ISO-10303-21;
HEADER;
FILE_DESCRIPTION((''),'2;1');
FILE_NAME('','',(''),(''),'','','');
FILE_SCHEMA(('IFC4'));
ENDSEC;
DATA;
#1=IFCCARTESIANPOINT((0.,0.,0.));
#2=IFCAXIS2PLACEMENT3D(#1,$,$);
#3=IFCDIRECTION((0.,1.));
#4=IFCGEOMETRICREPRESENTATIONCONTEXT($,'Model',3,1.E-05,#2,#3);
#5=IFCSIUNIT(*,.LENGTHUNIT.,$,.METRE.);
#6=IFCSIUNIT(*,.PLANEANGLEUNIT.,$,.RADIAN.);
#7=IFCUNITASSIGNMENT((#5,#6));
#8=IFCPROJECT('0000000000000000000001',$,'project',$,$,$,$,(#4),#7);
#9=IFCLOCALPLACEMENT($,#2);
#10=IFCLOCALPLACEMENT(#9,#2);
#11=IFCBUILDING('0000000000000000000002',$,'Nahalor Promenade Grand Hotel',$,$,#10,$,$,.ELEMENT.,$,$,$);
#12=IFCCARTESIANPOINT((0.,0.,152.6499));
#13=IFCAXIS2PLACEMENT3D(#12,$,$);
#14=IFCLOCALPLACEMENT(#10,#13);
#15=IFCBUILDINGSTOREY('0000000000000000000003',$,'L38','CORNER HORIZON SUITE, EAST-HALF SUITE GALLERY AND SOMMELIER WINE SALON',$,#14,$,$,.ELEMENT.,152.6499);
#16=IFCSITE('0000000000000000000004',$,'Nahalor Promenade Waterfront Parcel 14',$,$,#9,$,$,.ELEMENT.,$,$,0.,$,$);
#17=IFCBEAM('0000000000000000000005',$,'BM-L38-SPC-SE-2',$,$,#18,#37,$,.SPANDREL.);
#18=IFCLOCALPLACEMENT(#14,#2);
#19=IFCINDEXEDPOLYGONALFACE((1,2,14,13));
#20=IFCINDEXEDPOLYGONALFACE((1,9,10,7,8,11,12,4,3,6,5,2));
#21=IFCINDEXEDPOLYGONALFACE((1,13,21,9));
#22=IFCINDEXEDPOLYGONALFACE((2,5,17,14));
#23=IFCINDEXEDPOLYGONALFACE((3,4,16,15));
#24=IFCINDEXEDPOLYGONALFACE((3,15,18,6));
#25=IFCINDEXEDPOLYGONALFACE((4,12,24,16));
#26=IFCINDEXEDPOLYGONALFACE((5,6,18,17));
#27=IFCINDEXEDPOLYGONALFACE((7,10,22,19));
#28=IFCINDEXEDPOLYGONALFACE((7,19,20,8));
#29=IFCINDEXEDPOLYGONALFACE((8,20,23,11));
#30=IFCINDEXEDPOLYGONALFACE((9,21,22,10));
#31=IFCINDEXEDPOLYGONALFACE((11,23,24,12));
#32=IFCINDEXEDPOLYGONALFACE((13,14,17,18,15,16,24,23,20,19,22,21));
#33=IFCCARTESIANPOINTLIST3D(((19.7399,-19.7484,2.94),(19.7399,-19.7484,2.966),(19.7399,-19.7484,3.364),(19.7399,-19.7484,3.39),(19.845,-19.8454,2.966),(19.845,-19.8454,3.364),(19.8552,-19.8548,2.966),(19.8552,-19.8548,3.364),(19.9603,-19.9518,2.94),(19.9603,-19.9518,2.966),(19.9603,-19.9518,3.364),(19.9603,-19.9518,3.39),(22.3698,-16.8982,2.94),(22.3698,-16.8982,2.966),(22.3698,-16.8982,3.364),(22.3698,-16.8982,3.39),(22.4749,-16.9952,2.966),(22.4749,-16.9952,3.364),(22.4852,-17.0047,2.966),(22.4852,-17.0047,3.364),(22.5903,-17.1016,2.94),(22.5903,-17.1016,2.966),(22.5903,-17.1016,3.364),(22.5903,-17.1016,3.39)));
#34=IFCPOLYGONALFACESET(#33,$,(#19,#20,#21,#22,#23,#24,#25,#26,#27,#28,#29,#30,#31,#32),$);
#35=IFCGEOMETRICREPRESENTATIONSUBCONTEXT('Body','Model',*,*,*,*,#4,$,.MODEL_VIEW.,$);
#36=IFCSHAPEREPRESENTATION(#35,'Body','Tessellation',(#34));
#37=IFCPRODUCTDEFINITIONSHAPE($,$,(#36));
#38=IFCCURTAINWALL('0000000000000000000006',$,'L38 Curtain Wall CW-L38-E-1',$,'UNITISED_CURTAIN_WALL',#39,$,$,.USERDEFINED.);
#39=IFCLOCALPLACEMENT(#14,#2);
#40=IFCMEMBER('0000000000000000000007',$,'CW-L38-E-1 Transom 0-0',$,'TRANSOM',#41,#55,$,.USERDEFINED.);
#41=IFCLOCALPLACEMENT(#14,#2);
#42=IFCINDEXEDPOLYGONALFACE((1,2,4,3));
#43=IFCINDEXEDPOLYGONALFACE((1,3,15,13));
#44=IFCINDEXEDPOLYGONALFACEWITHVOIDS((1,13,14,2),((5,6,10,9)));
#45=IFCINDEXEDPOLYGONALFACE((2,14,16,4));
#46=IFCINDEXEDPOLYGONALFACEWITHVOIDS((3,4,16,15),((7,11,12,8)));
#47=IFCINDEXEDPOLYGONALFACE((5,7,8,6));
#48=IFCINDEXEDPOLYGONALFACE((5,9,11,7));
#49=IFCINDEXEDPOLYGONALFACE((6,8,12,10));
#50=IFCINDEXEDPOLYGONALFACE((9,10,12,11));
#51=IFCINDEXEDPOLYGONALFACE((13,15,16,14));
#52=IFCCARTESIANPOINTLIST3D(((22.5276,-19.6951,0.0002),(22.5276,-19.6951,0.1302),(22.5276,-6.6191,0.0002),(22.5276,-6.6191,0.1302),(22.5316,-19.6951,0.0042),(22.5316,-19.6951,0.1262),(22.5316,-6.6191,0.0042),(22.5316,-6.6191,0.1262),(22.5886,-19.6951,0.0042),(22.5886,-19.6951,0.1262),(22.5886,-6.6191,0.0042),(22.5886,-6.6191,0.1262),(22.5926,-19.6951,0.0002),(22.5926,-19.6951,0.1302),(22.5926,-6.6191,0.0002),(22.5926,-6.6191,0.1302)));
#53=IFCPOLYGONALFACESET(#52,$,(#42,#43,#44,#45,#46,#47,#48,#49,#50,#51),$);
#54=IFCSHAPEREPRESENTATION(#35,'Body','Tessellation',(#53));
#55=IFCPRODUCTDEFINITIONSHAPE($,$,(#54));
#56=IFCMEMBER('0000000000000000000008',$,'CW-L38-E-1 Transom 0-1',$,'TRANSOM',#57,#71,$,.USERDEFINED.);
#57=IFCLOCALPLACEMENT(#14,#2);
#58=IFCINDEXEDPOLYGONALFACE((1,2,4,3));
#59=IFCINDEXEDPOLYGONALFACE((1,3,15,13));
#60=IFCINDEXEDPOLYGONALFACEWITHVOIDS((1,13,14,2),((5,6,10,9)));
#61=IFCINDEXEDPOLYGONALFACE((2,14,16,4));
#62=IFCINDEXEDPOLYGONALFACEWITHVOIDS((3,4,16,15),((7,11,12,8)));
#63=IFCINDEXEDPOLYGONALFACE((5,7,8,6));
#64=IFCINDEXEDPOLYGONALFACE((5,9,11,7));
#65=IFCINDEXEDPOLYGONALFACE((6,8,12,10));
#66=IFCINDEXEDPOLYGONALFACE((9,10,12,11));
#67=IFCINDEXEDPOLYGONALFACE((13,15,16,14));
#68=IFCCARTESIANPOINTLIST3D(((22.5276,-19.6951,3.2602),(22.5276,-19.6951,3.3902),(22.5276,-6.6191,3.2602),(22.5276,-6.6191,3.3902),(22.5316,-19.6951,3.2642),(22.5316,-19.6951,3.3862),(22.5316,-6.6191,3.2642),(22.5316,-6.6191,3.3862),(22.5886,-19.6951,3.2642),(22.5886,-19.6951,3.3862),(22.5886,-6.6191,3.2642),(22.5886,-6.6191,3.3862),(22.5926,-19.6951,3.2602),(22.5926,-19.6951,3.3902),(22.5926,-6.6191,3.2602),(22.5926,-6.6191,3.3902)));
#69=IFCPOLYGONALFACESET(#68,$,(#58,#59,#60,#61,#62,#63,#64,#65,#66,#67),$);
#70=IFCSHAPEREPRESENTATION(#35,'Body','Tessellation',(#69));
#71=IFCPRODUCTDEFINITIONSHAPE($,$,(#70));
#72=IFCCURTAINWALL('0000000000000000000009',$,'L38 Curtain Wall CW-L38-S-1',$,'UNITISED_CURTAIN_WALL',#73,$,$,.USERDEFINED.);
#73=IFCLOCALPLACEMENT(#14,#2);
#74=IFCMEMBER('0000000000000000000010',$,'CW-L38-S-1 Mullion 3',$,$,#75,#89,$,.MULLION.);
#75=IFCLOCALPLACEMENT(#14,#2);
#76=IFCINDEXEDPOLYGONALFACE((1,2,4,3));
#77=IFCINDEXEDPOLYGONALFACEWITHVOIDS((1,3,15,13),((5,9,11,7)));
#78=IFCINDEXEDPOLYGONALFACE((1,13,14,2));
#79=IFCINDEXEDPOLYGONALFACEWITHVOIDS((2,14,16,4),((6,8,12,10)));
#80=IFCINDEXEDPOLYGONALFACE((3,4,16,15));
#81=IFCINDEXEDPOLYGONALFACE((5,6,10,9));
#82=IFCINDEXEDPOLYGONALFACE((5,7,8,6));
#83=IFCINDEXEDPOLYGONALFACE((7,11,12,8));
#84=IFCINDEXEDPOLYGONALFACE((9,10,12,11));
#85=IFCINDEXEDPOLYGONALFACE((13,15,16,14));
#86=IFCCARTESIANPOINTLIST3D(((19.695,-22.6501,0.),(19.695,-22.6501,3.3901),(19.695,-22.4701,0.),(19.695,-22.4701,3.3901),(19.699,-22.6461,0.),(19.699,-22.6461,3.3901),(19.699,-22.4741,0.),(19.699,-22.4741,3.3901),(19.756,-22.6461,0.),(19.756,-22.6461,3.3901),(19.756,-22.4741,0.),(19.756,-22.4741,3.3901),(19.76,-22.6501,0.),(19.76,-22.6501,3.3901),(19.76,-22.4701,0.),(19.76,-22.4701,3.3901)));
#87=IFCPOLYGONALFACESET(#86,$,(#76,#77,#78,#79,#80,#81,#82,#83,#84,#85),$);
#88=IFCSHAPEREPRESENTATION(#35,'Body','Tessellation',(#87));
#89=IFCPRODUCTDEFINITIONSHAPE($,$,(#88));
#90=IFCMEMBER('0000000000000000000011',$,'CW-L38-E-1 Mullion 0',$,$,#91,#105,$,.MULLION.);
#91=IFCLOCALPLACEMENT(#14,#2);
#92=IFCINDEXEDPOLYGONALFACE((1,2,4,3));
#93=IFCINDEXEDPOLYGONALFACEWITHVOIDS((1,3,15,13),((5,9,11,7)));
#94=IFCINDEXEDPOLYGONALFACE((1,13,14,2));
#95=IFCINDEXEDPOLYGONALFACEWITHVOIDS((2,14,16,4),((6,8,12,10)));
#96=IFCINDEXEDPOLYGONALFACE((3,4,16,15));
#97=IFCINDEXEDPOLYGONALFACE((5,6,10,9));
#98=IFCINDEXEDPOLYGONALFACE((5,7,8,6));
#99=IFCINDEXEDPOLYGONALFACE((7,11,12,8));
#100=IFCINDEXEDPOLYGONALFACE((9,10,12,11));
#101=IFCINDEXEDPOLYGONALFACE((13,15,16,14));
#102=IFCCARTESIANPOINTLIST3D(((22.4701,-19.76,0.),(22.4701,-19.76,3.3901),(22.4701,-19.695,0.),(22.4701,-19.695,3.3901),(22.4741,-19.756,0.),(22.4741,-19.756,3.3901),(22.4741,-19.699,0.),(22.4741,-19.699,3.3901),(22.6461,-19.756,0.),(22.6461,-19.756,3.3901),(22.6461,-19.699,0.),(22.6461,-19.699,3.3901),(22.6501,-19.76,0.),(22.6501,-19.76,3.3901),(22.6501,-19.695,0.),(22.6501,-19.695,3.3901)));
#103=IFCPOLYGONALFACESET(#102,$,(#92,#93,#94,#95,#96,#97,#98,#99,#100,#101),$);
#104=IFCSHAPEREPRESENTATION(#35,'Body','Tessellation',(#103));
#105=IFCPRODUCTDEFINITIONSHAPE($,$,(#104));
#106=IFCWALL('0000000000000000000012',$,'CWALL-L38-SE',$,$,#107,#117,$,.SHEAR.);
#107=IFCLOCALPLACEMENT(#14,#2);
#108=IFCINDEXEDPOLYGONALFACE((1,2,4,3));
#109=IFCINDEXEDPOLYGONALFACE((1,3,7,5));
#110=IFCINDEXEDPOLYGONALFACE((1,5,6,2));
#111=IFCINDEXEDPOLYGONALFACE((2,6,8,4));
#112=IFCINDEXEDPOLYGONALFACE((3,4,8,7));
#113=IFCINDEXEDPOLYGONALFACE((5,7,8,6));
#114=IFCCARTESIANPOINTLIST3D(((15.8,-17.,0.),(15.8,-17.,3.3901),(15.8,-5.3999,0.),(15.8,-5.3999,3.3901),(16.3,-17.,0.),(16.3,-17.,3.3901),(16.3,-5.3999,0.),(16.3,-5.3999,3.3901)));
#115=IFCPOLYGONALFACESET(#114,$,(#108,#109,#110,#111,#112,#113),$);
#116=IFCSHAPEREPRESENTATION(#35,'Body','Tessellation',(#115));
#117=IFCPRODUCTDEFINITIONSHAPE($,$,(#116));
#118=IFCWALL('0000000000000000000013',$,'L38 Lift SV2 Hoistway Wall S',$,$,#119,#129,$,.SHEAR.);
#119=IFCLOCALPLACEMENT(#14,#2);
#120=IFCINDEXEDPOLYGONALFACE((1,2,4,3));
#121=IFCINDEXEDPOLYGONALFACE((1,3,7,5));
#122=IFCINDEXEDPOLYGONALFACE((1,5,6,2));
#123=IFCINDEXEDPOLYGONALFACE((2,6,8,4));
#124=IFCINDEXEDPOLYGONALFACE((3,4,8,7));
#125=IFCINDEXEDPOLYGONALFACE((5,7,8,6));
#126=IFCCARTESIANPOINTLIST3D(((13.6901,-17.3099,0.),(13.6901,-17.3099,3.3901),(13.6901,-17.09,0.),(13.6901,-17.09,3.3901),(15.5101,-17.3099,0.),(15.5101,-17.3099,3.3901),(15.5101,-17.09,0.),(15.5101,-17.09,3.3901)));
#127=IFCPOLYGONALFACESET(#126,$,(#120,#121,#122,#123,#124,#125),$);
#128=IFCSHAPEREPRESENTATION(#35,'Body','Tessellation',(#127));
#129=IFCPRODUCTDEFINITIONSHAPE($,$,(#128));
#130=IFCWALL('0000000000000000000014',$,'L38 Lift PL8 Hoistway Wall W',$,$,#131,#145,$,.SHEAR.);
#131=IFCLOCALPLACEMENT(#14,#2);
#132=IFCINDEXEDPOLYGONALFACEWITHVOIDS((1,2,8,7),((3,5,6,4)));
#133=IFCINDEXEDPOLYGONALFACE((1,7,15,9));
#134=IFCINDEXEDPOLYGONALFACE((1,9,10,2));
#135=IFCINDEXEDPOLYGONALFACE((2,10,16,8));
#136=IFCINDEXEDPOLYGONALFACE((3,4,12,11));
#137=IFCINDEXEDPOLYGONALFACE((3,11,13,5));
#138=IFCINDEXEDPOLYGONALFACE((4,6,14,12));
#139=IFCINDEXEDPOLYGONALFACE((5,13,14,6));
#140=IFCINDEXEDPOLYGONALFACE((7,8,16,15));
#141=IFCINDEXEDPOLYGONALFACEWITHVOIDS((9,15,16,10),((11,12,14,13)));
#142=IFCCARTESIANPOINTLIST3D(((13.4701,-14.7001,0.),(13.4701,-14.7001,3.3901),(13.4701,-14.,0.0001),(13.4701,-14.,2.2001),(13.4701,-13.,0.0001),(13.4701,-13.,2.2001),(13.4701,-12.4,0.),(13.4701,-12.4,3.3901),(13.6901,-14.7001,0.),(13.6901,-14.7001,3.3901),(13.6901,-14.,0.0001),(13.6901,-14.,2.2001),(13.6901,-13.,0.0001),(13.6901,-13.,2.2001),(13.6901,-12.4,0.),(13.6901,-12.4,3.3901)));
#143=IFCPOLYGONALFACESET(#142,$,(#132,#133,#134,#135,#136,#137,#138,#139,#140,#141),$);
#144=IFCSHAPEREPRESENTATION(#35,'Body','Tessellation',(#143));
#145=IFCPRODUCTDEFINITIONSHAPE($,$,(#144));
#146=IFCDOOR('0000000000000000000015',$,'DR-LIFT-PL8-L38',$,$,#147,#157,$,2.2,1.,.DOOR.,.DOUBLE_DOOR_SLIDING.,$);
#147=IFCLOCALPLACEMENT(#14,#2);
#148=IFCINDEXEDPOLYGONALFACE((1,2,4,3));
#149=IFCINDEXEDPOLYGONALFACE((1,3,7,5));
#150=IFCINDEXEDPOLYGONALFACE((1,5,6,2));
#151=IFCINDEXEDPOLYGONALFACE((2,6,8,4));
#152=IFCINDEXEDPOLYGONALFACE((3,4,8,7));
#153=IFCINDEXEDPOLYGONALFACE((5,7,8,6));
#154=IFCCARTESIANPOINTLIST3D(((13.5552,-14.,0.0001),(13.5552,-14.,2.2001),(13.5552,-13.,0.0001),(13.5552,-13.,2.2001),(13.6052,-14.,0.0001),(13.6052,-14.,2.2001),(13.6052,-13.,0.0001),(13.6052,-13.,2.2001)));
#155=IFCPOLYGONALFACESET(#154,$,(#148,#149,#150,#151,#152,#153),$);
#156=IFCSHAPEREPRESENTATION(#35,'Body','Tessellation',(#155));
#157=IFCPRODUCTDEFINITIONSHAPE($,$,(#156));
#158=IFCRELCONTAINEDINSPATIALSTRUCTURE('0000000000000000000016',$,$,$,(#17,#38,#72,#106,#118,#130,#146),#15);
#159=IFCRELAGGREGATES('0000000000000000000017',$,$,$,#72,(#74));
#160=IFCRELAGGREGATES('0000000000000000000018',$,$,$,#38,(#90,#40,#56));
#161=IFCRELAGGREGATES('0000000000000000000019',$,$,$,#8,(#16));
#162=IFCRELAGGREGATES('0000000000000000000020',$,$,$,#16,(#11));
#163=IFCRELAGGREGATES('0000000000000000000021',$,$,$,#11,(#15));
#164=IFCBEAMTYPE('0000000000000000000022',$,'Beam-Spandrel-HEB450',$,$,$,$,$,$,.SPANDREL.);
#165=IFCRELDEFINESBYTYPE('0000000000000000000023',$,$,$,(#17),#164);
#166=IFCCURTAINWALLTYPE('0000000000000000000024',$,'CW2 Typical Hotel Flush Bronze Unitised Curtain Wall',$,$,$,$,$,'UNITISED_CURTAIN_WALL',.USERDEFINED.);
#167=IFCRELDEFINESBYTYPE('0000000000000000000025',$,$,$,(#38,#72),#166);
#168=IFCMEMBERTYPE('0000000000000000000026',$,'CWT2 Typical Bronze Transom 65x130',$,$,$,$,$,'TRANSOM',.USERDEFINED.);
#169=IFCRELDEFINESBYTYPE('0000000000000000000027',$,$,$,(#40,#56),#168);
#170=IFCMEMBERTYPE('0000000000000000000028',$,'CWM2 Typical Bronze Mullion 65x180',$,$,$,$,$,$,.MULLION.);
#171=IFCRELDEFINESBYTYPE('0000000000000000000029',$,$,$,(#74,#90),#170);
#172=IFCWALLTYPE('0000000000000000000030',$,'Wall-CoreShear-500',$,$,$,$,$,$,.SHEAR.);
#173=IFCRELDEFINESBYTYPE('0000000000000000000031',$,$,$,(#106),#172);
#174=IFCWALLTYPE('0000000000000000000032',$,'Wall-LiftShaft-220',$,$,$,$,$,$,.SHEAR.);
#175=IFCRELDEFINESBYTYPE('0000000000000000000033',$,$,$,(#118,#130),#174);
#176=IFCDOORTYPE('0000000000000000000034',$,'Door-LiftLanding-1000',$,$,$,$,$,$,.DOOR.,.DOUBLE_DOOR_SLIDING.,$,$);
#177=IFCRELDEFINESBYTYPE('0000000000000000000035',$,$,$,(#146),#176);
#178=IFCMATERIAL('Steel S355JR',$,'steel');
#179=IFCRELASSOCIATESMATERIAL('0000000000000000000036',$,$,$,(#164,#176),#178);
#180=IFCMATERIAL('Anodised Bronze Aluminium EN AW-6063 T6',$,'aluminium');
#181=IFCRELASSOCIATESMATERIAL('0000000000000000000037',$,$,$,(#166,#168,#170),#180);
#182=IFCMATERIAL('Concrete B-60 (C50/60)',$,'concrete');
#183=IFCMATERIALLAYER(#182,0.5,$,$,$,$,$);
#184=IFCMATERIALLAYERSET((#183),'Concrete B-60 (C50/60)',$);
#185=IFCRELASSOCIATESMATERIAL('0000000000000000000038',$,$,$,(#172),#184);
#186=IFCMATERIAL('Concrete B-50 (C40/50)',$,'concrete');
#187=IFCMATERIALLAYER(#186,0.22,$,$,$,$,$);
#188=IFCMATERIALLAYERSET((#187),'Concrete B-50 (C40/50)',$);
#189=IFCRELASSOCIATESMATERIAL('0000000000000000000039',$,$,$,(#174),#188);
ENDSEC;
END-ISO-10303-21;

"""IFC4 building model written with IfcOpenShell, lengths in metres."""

from ifc_helpers import new_model, si_unit, direction, frame, frame_2d, origin, origin_2d, place, context, subcontext, project, spatial, rectangle, hollow_rectangle, i_section, extrude, source, transform, mapped, material, layer, layer_set, material_profile, profile_set, type_object, element, fill, aggregate, save


model = new_model("IFC4")

# Units and contexts
model_context = context("Model", 3, precision=1e-05, world=origin(), true_north=direction((0.0, 1.0)))
body_context = subcontext(model_context, "Body", "Model", "MODEL_VIEW")
ifc_project = project(units=[si_unit("LENGTHUNIT", "METRE"), si_unit("PLANEANGLEUNIT", "RADIAN")], contexts=[model_context])

# Site, building, storey
site_placement = place(None, origin())
site = spatial("IfcSite", under=ifc_project, at=site_placement, Name="Nahalor Promenade Waterfront Parcel 14", CompositionType="ELEMENT", RefElevation=0.0)
building_placement = place(site_placement, origin())
building = spatial("IfcBuilding", under=site, at=building_placement, Name="Nahalor Promenade Grand Hotel", CompositionType="ELEMENT")
storey_placement = place(building_placement, frame((0.0, 0.0, 152.6499)))
storey = spatial("IfcBuildingStorey", under=building, at=storey_placement, Name="L38", Description="CORNER HORIZON SUITE, EAST-HALF SUITE GALLERY AND SOMMELIER WINE SALON", CompositionType="ELEMENT", Elevation=152.6499)

# Shared definitions
ifc_material_1 = material(Name="Concrete B-60 (C50/60)", Category="concrete")

# Beam
ifc_material_2 = material(Name="Steel S355JR", Category="steel")
ifc_material_profile_1 = material_profile(ifc_material_2, i_section(OverallWidth=0.3, OverallDepth=0.45, WebThickness=0.014, FlangeThickness=0.026, at=origin_2d()), Name="HEB 450")
ifc_profile_set_1 = profile_set([ifc_material_profile_1], Name="Steel S355JR")
beam_type_1 = type_object("IfcBeamType", Name="Beam-Spandrel-HEB450", PredefinedType="SPANDREL", material=ifc_profile_set_1)
shared_shape_1 = source(origin(), body_context, "Body", "SweptSolid", [
    extrude(i_section(OverallWidth=0.3, OverallDepth=0.45, WebThickness=0.014, FlangeThickness=0.026, at=origin_2d()), origin(), (0.0, 0.0, 1.0), 3.8782),
])
for number, where, z_axis, x_axis, name in (
    (1, (19.8501, -19.8501, 3.165), (0.678144, 0.734929, 0.0), (-0.734929, 0.678144, 0.0), "BM-L38-SPC-SE-2"),
):
    element("IfcBeam", number, at=place(storey_placement, frame(where, z_axis=z_axis, x_axis=x_axis)), inside=storey, type_object=beam_type_1, Name=name, PredefinedType="SPANDREL", context=body_context, shape_type="MappedRepresentation", body=[
        mapped(shared_shape_1, transform((0.0, 0.0, 0.0), scale=1.0)),
    ])

# Curtain wall, members
ifc_material_3 = material(Name="Anodised Bronze Aluminium EN AW-6063 T6", Category="aluminium")
curtain_wall_type = type_object("IfcCurtainWallType", Name="CW2 Typical Hotel Flush Bronze Unitised Curtain Wall", ElementType="UNITISED_CURTAIN_WALL", PredefinedType="USERDEFINED", material=ifc_material_3)
curtain_wall_1_placement = place(storey_placement, origin())
curtain_wall_1 = element("IfcCurtainWall", 2, at=curtain_wall_1_placement, inside=storey, type_object=curtain_wall_type, Name="L38 Curtain Wall CW-L38-E-1", ObjectType="UNITISED_CURTAIN_WALL", PredefinedType="USERDEFINED")
ifc_material_profile_2 = material_profile(ifc_material_3, hollow_rectangle(XDim=0.065, YDim=0.13, WallThickness=0.004, at=origin_2d()), Name="CWT 65x130x4")
ifc_profile_set_2 = profile_set([ifc_material_profile_2], Name="Anodised Bronze Aluminium EN AW-6063 T6")
member_type_1 = type_object("IfcMemberType", Name="CWT2 Typical Bronze Transom 65x130", ElementType="TRANSOM", PredefinedType="USERDEFINED", material=ifc_profile_set_2)
shared_shape_2 = source(origin(), body_context, "Body", "SweptSolid", [
    extrude(hollow_rectangle(XDim=0.065, YDim=0.13, WallThickness=0.004, at=origin_2d()), origin(), (0.0, 0.0, 1.0), 13.0759),
])
member_1_placement = place(storey_placement, frame((22.5601, -19.6951, 0.0652), z_axis=(0.0, 1.0, 0.0), x_axis=(-1.0, 0.0, 0.0)))
member_1 = element("IfcMember", 3, at=member_1_placement, type_object=member_type_1, Name="CW-L38-E-1 Transom 0-0", ObjectType="TRANSOM", PredefinedType="USERDEFINED", context=body_context, shape_type="MappedRepresentation", body=[
    mapped(shared_shape_2, transform((0.0, 0.0, 0.0), scale=1.0)),
])
member_2_placement = place(storey_placement, frame((22.5601, -19.6951, 3.3252), z_axis=(0.0, 1.0, 0.0), x_axis=(-1.0, 0.0, 0.0)))
member_2 = element("IfcMember", 4, at=member_2_placement, type_object=member_type_1, Name="CW-L38-E-1 Transom 0-1", ObjectType="TRANSOM", PredefinedType="USERDEFINED", context=body_context, shape_type="MappedRepresentation", body=[
    mapped(shared_shape_2, transform((0.0, 0.0, 0.0), scale=1.0)),
])

# Curtain wall, member
curtain_wall_2_placement = place(storey_placement, origin())
curtain_wall_2 = element("IfcCurtainWall", 5, at=curtain_wall_2_placement, inside=storey, type_object=curtain_wall_type, Name="L38 Curtain Wall CW-L38-S-1", ObjectType="UNITISED_CURTAIN_WALL", PredefinedType="USERDEFINED")
ifc_material_profile_3 = material_profile(ifc_material_3, hollow_rectangle(XDim=0.065, YDim=0.18, WallThickness=0.004, at=origin_2d()), Name="CWM 65x180x4")
ifc_profile_set_3 = profile_set([ifc_material_profile_3], Name="Anodised Bronze Aluminium EN AW-6063 T6")
member_type_2 = type_object("IfcMemberType", Name="CWM2 Typical Bronze Mullion 65x180", PredefinedType="MULLION", material=ifc_profile_set_3)
shared_shape_3 = source(origin(), body_context, "Body", "SweptSolid", [
    extrude(hollow_rectangle(XDim=0.065, YDim=0.18, WallThickness=0.004, at=origin_2d()), origin(), (0.0, 0.0, 1.0), 3.3901),
])
member_3_placement = place(storey_placement, frame((19.7275, -22.5601, 0.0), z_axis=(0.0, 0.0, 1.0), x_axis=(1.0, 0.0, 0.0)))
member_3 = element("IfcMember", 6, at=member_3_placement, type_object=member_type_2, Name="CW-L38-S-1 Mullion 3", PredefinedType="MULLION", context=body_context, shape_type="MappedRepresentation", body=[
    mapped(shared_shape_3, transform((0.0, 0.0, 0.0), scale=1.0)),
])
aggregate(curtain_wall_2, [member_3])

# Member
member_4_placement = place(storey_placement, frame((22.5601, -19.7275, 0.0), z_axis=(0.0, 0.0, 1.0), x_axis=(0.0, 1.0, 0.0)))
member_4 = element("IfcMember", 7, at=member_4_placement, type_object=member_type_2, Name="CW-L38-E-1 Mullion 0", PredefinedType="MULLION", context=body_context, shape_type="MappedRepresentation", body=[
    mapped(shared_shape_3, transform((0.0, 0.0, 0.0), scale=1.0)),
])
aggregate(curtain_wall_1, [member_4, member_1, member_2])

# Walls
ifc_layer_1 = layer(ifc_material_1, 0.5)
ifc_layer_set_1 = layer_set([ifc_layer_1], Name="Concrete B-60 (C50/60)")
wall_type_1 = type_object("IfcWallType", Name="Wall-CoreShear-500", PredefinedType="SHEAR", material=ifc_layer_set_1)
shared_shape_4 = source(origin(), body_context, "Body", "SweptSolid", [
    extrude(rectangle(XDim=11.6001, YDim=0.5, at=frame_2d((5.8, 0.0))), origin(), (0.0, 0.0, 1.0), 3.3901),
])
wall_1_placement = place(storey_placement, frame((16.05, -17.0, 0.0), z_axis=(0.0, 0.0, 1.0), x_axis=(0.0, 1.0, 0.0)))
element("IfcWall", 8, at=wall_1_placement, inside=storey, type_object=wall_type_1, Name="CWALL-L38-SE", PredefinedType="SHEAR", context=body_context, shape_type="MappedRepresentation", body=[
    mapped(shared_shape_4, transform((0.0, 0.0, 0.0), scale=1.0)),
])
ifc_material_4 = material(Name="Concrete B-50 (C40/50)", Category="concrete")
ifc_layer_2 = layer(ifc_material_4, 0.22)
ifc_layer_set_2 = layer_set([ifc_layer_2], Name="Concrete B-50 (C40/50)")
wall_type_2 = type_object("IfcWallType", Name="Wall-LiftShaft-220", PredefinedType="SHEAR", material=ifc_layer_set_2)
shared_shape_5 = source(origin(), body_context, "Body", "SweptSolid", [
    extrude(rectangle(XDim=1.8201, YDim=0.22, at=frame_2d((0.9102, 0.0))), origin(), (0.0, 0.0, 1.0), 3.3901),
])
wall_2_placement = place(storey_placement, frame((13.6899, -17.2, 0.0), z_axis=(0.0, 0.0, 1.0), x_axis=(1.0, 0.0, 0.0)))
element("IfcWall", 9, at=wall_2_placement, inside=storey, type_object=wall_type_2, Name="L38 Lift SV2 Hoistway Wall S", PredefinedType="SHEAR", context=body_context, shape_type="MappedRepresentation", body=[
    mapped(shared_shape_5, transform((0.0, 0.0, 0.0), scale=1.0)),
])

# Wall, opening, door
shared_shape_6 = source(origin(), body_context, "Body", "SweptSolid", [
    extrude(rectangle(XDim=2.3, YDim=0.22, at=frame_2d((1.1499, 0.0))), origin(), (0.0, 0.0, 1.0), 3.3901),
])
wall_3_placement = place(storey_placement, frame((13.5801, -14.7, 0.0), z_axis=(0.0, 0.0, 1.0), x_axis=(0.0, 1.0, 0.0)))
wall_3 = element("IfcWall", 10, at=wall_3_placement, inside=storey, type_object=wall_type_2, Name="L38 Lift PL8 Hoistway Wall W", PredefinedType="SHEAR", context=body_context, shape_type="MappedRepresentation", body=[
    mapped(shared_shape_6, transform((0.0, 0.0, 0.0), scale=1.0)),
])
opening_1_placement = place(wall_3_placement, frame((0.7, 0.0, 0.0)))
opening_1 = element("IfcOpeningElement", 11, at=opening_1_placement, cuts=wall_3, PredefinedType="OPENING", context=body_context, shape_type="SweptSolid", body=[
    extrude(rectangle(XDim=1.0, YDim=2.2, at=frame_2d((0.5, 1.1001))), frame((0.0, 0.1199, 0.0), z_axis=(0.0, -1.0, 0.0), x_axis=(1.0, 0.0, 0.0)), (0.0, 0.0, 1.0), 0.24),
])
door_type_1 = type_object("IfcDoorType", Name="Door-LiftLanding-1000", OperationType="DOUBLE_DOOR_SLIDING", PredefinedType="DOOR", material=ifc_material_2)
shared_shape_7 = source(origin(), body_context, "Body", "SweptSolid", [
    extrude(rectangle(XDim=1.0, YDim=2.2, at=frame_2d((0.5, 1.1001))), frame((0.0, 0.0249, 0.0), z_axis=(0.0, -1.0, 0.0), x_axis=(1.0, 0.0, 0.0)), (0.0, 0.0, 1.0), 0.05),
])
door_1_placement = place(opening_1_placement, origin())
door_1 = element("IfcDoor", 12, at=door_1_placement, inside=storey, type_object=door_type_1, Name="DR-LIFT-PL8-L38", OperationType="DOUBLE_DOOR_SLIDING", OverallHeight=2.2, OverallWidth=1.0, PredefinedType="DOOR", context=body_context, shape_type="MappedRepresentation", body=[
    mapped(shared_shape_7, transform((0.0, 0.0, 0.0), scale=1.0)),
])
fill(opening_1, door_1)

save(model, "model.ifc")
